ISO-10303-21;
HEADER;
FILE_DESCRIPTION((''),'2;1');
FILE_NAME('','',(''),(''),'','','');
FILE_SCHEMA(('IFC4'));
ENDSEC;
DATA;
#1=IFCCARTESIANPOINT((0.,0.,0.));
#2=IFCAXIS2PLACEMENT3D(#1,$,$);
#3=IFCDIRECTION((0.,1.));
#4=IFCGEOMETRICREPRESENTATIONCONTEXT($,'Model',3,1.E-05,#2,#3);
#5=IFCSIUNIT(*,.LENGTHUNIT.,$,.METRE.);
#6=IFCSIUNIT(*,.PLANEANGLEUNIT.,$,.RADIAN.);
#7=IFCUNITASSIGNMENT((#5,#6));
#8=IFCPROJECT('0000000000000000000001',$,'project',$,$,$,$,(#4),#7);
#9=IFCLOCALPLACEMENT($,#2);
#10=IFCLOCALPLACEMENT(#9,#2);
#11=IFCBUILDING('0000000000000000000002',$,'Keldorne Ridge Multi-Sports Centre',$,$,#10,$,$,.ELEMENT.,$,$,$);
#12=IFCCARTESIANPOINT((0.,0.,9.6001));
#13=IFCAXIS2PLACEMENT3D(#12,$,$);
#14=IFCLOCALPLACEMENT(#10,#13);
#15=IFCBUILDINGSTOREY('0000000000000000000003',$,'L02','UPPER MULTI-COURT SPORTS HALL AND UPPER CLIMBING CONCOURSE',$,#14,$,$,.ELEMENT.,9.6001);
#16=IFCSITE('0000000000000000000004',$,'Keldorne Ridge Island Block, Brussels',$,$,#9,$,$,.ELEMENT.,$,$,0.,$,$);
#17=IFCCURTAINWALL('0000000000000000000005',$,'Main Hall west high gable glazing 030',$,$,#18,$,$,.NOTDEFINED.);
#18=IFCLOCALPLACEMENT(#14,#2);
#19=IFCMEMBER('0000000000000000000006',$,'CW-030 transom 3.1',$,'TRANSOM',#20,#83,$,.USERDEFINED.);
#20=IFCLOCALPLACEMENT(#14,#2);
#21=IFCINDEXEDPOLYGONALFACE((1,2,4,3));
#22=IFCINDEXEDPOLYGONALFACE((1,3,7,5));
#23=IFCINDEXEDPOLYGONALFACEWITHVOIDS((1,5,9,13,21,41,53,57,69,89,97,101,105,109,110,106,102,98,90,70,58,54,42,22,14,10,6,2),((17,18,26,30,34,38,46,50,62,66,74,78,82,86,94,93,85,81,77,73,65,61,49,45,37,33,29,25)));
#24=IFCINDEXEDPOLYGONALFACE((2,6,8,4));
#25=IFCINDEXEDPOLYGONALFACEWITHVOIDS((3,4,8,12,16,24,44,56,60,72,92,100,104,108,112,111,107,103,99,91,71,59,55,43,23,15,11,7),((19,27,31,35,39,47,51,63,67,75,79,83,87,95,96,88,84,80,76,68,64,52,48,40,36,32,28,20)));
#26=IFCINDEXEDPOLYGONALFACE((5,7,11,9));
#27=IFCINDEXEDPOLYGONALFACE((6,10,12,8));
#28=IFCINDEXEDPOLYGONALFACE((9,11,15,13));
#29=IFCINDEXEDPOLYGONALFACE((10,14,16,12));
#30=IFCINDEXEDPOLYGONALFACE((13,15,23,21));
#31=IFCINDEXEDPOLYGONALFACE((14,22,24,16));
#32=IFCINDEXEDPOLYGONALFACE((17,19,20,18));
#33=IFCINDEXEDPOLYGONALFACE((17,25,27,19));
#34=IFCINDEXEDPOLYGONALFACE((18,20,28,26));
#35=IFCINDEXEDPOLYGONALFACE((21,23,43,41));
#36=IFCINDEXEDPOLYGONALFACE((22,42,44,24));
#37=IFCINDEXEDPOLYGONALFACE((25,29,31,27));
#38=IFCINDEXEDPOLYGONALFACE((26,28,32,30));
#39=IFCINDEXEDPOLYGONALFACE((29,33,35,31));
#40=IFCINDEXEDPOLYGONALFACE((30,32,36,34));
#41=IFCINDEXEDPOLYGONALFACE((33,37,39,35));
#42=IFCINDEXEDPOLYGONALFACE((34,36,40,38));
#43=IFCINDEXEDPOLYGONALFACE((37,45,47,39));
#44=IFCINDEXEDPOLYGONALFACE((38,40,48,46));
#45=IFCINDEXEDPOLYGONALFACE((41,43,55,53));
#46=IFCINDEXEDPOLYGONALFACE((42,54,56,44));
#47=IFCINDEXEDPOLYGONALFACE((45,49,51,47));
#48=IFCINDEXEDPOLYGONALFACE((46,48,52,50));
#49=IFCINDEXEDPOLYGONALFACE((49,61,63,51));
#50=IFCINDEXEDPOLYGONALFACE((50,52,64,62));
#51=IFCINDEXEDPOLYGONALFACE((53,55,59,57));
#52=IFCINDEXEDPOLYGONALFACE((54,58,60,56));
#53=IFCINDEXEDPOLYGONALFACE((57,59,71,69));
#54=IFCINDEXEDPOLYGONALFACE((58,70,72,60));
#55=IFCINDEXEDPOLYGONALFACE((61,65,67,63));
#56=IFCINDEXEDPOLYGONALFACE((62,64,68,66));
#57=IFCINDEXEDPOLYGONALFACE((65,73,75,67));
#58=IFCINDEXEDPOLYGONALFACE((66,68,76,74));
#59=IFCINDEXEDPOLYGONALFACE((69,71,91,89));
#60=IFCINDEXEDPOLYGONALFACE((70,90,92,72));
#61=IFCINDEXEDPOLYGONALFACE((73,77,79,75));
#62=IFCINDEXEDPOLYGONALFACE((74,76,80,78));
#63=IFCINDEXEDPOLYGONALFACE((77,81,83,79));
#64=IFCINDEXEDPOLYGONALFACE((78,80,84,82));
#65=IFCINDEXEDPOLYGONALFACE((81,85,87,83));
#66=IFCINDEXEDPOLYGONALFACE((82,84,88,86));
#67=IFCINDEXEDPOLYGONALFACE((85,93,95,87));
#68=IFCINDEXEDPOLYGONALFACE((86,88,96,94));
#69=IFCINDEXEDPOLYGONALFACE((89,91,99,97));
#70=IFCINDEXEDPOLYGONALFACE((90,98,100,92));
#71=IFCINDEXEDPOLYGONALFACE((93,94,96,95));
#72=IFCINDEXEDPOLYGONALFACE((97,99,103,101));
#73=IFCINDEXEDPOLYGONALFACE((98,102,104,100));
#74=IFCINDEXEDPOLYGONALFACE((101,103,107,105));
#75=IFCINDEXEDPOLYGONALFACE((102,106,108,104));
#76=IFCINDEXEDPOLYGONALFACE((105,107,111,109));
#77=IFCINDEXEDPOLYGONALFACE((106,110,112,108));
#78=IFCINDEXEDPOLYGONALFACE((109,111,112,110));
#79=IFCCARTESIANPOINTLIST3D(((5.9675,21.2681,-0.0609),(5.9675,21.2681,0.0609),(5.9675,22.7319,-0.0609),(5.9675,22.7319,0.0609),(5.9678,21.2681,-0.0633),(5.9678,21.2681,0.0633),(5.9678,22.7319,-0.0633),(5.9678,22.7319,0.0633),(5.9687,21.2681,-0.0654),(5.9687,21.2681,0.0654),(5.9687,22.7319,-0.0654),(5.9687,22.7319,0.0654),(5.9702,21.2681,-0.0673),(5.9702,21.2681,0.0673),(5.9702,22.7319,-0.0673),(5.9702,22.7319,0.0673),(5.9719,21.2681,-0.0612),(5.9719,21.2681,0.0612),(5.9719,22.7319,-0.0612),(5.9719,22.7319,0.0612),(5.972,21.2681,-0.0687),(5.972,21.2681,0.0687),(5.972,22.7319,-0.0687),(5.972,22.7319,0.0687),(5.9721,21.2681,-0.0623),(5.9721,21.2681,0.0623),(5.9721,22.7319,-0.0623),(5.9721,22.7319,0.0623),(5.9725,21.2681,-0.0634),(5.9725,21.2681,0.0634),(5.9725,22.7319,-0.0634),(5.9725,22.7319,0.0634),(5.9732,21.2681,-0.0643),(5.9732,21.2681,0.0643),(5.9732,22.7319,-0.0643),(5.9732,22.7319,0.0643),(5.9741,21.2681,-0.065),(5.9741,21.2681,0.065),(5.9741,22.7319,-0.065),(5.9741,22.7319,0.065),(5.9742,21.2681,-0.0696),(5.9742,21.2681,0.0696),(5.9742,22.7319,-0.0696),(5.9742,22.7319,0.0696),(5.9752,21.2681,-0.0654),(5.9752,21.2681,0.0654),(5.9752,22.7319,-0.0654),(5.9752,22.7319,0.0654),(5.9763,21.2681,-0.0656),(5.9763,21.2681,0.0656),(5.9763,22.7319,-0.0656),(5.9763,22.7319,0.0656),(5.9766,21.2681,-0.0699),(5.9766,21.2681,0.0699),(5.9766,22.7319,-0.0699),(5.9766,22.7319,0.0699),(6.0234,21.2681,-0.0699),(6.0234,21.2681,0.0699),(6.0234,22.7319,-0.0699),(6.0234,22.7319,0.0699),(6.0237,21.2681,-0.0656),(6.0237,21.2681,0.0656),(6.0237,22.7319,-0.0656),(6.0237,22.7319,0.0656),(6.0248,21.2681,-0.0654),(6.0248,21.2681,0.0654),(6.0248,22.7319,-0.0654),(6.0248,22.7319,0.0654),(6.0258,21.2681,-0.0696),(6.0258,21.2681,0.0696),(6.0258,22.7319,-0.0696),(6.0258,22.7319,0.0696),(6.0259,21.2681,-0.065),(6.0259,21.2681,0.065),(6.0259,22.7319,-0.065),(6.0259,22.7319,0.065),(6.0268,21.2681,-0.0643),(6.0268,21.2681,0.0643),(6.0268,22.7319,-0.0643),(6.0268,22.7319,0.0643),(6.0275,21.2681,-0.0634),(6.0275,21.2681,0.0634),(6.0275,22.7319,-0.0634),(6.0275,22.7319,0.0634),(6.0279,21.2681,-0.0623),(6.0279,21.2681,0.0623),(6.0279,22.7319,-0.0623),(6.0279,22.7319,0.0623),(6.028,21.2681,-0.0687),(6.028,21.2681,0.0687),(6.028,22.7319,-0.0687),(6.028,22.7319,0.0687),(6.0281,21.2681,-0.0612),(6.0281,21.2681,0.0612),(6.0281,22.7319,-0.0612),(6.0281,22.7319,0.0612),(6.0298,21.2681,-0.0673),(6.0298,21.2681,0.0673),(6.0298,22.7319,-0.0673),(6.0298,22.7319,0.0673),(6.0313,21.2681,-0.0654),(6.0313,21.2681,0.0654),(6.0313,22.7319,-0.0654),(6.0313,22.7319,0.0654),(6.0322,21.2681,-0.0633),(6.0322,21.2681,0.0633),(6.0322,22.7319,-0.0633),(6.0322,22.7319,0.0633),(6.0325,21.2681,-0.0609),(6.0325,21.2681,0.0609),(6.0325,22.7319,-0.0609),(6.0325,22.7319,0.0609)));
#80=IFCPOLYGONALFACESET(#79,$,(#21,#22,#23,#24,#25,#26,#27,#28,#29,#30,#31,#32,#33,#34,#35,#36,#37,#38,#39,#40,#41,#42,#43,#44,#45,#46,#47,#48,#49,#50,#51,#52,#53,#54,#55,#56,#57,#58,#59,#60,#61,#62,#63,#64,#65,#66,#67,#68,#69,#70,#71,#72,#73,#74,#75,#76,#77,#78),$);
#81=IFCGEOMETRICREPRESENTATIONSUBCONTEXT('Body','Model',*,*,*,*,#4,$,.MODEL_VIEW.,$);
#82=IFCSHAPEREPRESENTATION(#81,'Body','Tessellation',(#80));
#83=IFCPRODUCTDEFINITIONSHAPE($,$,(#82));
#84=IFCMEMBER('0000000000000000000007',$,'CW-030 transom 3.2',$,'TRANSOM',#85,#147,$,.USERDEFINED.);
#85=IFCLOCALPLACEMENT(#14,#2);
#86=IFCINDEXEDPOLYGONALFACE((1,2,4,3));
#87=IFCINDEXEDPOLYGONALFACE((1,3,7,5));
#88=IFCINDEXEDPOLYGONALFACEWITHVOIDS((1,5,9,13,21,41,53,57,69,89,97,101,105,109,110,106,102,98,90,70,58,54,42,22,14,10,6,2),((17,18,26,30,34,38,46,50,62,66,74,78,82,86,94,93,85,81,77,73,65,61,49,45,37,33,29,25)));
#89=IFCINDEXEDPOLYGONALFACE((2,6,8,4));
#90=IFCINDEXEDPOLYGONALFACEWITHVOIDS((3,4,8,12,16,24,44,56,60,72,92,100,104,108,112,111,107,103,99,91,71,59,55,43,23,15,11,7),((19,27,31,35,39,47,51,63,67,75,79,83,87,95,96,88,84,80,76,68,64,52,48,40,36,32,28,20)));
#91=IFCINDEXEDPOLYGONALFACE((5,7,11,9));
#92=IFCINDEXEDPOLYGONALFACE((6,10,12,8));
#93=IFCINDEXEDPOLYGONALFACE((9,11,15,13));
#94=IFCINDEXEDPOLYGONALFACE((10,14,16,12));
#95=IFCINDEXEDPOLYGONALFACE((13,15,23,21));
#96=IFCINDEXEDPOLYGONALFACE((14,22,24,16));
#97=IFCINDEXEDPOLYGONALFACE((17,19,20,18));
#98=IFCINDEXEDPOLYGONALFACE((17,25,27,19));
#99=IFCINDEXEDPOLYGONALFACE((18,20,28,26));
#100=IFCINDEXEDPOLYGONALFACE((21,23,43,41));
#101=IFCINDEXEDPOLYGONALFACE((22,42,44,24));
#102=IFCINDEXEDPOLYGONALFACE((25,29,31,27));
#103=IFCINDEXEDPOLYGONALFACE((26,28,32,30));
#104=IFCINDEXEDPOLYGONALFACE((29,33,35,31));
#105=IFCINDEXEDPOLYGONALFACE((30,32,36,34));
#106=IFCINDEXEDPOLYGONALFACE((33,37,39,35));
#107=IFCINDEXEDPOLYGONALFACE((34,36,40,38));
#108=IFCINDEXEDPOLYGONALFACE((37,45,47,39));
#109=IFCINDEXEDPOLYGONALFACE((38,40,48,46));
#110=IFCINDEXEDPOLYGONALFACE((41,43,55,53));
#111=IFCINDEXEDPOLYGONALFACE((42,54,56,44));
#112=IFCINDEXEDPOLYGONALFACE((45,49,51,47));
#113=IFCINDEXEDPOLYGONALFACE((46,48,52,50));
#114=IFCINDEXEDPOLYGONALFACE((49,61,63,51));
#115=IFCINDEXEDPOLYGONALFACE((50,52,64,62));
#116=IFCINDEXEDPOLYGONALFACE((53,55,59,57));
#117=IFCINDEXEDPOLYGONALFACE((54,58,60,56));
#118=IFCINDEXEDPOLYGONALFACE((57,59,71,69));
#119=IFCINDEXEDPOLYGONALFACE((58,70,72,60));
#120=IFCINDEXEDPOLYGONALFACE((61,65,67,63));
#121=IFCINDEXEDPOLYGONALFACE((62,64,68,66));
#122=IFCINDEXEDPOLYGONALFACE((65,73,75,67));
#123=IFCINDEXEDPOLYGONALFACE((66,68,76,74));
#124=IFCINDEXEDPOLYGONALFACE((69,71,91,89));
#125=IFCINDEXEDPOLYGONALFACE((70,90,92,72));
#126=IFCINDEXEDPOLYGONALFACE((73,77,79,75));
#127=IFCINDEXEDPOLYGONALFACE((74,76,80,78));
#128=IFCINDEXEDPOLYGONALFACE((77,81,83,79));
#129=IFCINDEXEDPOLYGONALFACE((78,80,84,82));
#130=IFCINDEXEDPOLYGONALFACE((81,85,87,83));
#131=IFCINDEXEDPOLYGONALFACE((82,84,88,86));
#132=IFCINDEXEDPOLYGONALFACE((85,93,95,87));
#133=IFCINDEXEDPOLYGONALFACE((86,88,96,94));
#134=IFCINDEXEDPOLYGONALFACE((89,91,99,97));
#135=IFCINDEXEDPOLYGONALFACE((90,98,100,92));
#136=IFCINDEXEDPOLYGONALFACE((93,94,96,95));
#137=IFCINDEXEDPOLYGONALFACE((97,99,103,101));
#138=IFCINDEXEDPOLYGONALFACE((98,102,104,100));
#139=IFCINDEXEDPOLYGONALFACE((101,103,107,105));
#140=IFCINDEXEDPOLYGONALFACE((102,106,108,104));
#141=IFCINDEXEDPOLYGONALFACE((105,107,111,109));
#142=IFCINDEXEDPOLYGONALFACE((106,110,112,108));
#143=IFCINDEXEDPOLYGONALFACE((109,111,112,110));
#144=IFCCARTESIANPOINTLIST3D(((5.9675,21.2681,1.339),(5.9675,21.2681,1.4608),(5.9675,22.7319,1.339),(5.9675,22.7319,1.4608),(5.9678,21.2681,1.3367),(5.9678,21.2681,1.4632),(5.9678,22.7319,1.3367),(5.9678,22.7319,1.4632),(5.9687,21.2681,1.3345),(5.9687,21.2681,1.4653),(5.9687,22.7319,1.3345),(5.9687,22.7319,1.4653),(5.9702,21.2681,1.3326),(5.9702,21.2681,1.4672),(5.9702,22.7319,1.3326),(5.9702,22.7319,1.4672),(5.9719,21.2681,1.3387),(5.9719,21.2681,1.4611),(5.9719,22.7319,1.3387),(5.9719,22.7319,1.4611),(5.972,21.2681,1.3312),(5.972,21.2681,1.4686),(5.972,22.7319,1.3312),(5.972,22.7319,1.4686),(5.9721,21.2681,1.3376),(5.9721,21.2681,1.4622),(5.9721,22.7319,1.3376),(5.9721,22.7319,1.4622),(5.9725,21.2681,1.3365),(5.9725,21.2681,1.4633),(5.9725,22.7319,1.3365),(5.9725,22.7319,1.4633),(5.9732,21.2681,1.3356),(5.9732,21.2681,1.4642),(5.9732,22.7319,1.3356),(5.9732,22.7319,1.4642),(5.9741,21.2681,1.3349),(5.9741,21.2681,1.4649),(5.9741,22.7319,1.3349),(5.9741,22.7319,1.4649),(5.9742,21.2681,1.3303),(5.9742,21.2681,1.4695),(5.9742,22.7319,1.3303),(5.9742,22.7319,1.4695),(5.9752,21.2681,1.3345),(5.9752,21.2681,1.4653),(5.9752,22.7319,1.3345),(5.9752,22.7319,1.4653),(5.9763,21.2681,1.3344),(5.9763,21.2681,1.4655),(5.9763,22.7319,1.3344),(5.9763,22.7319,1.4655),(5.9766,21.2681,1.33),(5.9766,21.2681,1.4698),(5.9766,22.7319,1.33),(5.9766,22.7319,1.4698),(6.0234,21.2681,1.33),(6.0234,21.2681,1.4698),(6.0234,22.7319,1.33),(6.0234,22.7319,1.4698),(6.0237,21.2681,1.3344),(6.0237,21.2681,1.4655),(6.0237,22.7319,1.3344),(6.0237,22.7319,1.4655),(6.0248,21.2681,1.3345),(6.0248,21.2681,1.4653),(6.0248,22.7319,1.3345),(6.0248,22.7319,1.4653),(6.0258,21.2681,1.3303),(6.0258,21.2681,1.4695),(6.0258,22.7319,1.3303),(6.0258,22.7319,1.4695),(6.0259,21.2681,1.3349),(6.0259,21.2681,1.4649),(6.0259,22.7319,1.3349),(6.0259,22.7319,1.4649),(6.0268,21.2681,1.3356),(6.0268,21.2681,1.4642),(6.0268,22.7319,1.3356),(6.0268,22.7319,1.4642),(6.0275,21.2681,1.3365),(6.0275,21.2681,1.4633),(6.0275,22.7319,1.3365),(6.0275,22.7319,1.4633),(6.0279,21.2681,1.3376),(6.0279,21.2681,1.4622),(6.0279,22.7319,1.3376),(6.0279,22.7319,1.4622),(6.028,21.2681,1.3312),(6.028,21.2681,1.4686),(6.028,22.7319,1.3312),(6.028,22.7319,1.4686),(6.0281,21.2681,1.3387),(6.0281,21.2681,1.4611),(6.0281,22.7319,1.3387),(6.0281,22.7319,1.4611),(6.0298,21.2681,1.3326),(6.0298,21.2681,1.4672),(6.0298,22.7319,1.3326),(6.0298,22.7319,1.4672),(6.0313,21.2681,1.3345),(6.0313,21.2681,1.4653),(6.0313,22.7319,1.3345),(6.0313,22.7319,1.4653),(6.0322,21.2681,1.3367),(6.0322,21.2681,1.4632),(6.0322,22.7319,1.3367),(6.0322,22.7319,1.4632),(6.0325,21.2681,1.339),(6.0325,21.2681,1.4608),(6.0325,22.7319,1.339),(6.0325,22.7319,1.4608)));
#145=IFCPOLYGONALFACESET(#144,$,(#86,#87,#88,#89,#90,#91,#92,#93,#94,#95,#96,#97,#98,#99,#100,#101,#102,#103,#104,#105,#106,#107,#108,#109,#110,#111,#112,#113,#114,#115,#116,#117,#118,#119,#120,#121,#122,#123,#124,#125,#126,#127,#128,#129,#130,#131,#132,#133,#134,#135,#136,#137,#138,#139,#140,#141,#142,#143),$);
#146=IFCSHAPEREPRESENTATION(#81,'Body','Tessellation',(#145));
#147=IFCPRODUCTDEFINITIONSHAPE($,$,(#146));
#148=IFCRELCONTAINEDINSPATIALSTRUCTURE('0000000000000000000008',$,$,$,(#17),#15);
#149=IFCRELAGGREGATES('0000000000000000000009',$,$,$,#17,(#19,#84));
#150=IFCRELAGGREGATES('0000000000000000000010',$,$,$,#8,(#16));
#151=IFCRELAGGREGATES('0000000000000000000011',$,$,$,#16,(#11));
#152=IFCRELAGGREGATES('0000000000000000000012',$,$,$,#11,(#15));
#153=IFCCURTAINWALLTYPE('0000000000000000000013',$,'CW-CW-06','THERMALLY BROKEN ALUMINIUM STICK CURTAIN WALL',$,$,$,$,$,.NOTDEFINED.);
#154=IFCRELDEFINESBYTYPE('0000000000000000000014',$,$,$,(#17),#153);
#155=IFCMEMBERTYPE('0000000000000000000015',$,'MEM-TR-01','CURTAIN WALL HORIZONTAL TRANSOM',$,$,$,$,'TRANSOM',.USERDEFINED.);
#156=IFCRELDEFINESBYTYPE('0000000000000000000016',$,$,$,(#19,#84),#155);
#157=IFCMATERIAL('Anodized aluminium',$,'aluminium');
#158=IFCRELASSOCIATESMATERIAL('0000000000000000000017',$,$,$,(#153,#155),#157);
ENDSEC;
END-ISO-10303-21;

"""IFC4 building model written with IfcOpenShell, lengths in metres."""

from ifc_helpers import new_model, si_unit, direction, frame, origin, origin_2d, place, context, subcontext, project, spatial, hollow_rectangle, extrude, material, material_profile, profile_set, type_object, element, aggregate, save


model = new_model("IFC4")

# Units and contexts
model_context = context("Model", 3, precision=1e-05, world=origin(), true_north=direction((0.0, 1.0)))
body_context = subcontext(model_context, "Body", "Model", "MODEL_VIEW")
ifc_project = project(units=[si_unit("LENGTHUNIT", "METRE"), si_unit("PLANEANGLEUNIT", "RADIAN")], contexts=[model_context])

# Site, building, storey
site_placement = place(None, origin())
site = spatial("IfcSite", under=ifc_project, at=site_placement, Name="Keldorne Ridge Island Block, Brussels", CompositionType="ELEMENT", RefElevation=0.0)
building_placement = place(site_placement, origin())
building = spatial("IfcBuilding", under=site, at=building_placement, Name="Keldorne Ridge Multi-Sports Centre", CompositionType="ELEMENT")
storey_placement = place(building_placement, frame((0.0, 0.0, 9.6001)))
storey = spatial("IfcBuildingStorey", under=building, at=storey_placement, Name="L02", Description="UPPER MULTI-COURT SPORTS HALL AND UPPER CLIMBING CONCOURSE", CompositionType="ELEMENT", Elevation=9.6001)

# Curtain wall
ifc_material_1 = material(Name="Anodized aluminium", Category="aluminium")
curtain_wall_type_1 = type_object("IfcCurtainWallType", Name="CW-CW-06", Description="THERMALLY BROKEN ALUMINIUM STICK CURTAIN WALL", PredefinedType="NOTDEFINED", material=ifc_material_1)
curtain_wall_1_placement = place(storey_placement, origin())
curtain_wall_1 = element("IfcCurtainWall", 1, at=curtain_wall_1_placement, inside=storey, type_object=curtain_wall_type_1, Name="Main Hall west high gable glazing 030", PredefinedType="NOTDEFINED")

# Members
ifc_material_profile_1 = material_profile(ifc_material_1, hollow_rectangle(XDim=0.0649, YDim=0.1399, WallThickness=0.0044, InnerFilletRadius=0.0044, OuterFilletRadius=0.009, at=origin_2d()), Name="ALU TRANSOM 140x65x4.5")
ifc_profile_set_1 = profile_set([ifc_material_profile_1], Name="Anodized aluminium")
member_type_1 = type_object("IfcMemberType", Name="MEM-TR-01", Description="CURTAIN WALL HORIZONTAL TRANSOM", ElementType="TRANSOM", PredefinedType="USERDEFINED", material=ifc_profile_set_1)
member_1_placement = place(storey_placement, frame((6.0, 22.7319, 0.0), z_axis=(0.0, -1.0, 0.0), x_axis=(1.0, 0.0, 0.0)))
member_1 = element("IfcMember", 2, at=member_1_placement, type_object=member_type_1, Name="CW-030 transom 3.1", ObjectType="TRANSOM", PredefinedType="USERDEFINED", context=body_context, shape_type="SweptSolid", body=[
    extrude(hollow_rectangle(XDim=0.0649, YDim=0.1399, WallThickness=0.0044, InnerFilletRadius=0.0044, OuterFilletRadius=0.009, at=origin_2d()), origin(), (0.0, 0.0, 1.0), 1.4639),
])
member_2_placement = place(storey_placement, frame((6.0, 22.7319, 1.3999), z_axis=(0.0, -1.0, 0.0), x_axis=(1.0, 0.0, 0.0)))
member_2 = element("IfcMember", 3, at=member_2_placement, type_object=member_type_1, Name="CW-030 transom 3.2", ObjectType="TRANSOM", PredefinedType="USERDEFINED", context=body_context, shape_type="SweptSolid", body=[
    extrude(hollow_rectangle(XDim=0.0649, YDim=0.1399, WallThickness=0.0044, InnerFilletRadius=0.0044, OuterFilletRadius=0.009, at=origin_2d()), origin(), (0.0, 0.0, 1.0), 1.4639),
])

aggregate(curtain_wall_1, [member_1, member_2])

save(model, "model.ifc")
